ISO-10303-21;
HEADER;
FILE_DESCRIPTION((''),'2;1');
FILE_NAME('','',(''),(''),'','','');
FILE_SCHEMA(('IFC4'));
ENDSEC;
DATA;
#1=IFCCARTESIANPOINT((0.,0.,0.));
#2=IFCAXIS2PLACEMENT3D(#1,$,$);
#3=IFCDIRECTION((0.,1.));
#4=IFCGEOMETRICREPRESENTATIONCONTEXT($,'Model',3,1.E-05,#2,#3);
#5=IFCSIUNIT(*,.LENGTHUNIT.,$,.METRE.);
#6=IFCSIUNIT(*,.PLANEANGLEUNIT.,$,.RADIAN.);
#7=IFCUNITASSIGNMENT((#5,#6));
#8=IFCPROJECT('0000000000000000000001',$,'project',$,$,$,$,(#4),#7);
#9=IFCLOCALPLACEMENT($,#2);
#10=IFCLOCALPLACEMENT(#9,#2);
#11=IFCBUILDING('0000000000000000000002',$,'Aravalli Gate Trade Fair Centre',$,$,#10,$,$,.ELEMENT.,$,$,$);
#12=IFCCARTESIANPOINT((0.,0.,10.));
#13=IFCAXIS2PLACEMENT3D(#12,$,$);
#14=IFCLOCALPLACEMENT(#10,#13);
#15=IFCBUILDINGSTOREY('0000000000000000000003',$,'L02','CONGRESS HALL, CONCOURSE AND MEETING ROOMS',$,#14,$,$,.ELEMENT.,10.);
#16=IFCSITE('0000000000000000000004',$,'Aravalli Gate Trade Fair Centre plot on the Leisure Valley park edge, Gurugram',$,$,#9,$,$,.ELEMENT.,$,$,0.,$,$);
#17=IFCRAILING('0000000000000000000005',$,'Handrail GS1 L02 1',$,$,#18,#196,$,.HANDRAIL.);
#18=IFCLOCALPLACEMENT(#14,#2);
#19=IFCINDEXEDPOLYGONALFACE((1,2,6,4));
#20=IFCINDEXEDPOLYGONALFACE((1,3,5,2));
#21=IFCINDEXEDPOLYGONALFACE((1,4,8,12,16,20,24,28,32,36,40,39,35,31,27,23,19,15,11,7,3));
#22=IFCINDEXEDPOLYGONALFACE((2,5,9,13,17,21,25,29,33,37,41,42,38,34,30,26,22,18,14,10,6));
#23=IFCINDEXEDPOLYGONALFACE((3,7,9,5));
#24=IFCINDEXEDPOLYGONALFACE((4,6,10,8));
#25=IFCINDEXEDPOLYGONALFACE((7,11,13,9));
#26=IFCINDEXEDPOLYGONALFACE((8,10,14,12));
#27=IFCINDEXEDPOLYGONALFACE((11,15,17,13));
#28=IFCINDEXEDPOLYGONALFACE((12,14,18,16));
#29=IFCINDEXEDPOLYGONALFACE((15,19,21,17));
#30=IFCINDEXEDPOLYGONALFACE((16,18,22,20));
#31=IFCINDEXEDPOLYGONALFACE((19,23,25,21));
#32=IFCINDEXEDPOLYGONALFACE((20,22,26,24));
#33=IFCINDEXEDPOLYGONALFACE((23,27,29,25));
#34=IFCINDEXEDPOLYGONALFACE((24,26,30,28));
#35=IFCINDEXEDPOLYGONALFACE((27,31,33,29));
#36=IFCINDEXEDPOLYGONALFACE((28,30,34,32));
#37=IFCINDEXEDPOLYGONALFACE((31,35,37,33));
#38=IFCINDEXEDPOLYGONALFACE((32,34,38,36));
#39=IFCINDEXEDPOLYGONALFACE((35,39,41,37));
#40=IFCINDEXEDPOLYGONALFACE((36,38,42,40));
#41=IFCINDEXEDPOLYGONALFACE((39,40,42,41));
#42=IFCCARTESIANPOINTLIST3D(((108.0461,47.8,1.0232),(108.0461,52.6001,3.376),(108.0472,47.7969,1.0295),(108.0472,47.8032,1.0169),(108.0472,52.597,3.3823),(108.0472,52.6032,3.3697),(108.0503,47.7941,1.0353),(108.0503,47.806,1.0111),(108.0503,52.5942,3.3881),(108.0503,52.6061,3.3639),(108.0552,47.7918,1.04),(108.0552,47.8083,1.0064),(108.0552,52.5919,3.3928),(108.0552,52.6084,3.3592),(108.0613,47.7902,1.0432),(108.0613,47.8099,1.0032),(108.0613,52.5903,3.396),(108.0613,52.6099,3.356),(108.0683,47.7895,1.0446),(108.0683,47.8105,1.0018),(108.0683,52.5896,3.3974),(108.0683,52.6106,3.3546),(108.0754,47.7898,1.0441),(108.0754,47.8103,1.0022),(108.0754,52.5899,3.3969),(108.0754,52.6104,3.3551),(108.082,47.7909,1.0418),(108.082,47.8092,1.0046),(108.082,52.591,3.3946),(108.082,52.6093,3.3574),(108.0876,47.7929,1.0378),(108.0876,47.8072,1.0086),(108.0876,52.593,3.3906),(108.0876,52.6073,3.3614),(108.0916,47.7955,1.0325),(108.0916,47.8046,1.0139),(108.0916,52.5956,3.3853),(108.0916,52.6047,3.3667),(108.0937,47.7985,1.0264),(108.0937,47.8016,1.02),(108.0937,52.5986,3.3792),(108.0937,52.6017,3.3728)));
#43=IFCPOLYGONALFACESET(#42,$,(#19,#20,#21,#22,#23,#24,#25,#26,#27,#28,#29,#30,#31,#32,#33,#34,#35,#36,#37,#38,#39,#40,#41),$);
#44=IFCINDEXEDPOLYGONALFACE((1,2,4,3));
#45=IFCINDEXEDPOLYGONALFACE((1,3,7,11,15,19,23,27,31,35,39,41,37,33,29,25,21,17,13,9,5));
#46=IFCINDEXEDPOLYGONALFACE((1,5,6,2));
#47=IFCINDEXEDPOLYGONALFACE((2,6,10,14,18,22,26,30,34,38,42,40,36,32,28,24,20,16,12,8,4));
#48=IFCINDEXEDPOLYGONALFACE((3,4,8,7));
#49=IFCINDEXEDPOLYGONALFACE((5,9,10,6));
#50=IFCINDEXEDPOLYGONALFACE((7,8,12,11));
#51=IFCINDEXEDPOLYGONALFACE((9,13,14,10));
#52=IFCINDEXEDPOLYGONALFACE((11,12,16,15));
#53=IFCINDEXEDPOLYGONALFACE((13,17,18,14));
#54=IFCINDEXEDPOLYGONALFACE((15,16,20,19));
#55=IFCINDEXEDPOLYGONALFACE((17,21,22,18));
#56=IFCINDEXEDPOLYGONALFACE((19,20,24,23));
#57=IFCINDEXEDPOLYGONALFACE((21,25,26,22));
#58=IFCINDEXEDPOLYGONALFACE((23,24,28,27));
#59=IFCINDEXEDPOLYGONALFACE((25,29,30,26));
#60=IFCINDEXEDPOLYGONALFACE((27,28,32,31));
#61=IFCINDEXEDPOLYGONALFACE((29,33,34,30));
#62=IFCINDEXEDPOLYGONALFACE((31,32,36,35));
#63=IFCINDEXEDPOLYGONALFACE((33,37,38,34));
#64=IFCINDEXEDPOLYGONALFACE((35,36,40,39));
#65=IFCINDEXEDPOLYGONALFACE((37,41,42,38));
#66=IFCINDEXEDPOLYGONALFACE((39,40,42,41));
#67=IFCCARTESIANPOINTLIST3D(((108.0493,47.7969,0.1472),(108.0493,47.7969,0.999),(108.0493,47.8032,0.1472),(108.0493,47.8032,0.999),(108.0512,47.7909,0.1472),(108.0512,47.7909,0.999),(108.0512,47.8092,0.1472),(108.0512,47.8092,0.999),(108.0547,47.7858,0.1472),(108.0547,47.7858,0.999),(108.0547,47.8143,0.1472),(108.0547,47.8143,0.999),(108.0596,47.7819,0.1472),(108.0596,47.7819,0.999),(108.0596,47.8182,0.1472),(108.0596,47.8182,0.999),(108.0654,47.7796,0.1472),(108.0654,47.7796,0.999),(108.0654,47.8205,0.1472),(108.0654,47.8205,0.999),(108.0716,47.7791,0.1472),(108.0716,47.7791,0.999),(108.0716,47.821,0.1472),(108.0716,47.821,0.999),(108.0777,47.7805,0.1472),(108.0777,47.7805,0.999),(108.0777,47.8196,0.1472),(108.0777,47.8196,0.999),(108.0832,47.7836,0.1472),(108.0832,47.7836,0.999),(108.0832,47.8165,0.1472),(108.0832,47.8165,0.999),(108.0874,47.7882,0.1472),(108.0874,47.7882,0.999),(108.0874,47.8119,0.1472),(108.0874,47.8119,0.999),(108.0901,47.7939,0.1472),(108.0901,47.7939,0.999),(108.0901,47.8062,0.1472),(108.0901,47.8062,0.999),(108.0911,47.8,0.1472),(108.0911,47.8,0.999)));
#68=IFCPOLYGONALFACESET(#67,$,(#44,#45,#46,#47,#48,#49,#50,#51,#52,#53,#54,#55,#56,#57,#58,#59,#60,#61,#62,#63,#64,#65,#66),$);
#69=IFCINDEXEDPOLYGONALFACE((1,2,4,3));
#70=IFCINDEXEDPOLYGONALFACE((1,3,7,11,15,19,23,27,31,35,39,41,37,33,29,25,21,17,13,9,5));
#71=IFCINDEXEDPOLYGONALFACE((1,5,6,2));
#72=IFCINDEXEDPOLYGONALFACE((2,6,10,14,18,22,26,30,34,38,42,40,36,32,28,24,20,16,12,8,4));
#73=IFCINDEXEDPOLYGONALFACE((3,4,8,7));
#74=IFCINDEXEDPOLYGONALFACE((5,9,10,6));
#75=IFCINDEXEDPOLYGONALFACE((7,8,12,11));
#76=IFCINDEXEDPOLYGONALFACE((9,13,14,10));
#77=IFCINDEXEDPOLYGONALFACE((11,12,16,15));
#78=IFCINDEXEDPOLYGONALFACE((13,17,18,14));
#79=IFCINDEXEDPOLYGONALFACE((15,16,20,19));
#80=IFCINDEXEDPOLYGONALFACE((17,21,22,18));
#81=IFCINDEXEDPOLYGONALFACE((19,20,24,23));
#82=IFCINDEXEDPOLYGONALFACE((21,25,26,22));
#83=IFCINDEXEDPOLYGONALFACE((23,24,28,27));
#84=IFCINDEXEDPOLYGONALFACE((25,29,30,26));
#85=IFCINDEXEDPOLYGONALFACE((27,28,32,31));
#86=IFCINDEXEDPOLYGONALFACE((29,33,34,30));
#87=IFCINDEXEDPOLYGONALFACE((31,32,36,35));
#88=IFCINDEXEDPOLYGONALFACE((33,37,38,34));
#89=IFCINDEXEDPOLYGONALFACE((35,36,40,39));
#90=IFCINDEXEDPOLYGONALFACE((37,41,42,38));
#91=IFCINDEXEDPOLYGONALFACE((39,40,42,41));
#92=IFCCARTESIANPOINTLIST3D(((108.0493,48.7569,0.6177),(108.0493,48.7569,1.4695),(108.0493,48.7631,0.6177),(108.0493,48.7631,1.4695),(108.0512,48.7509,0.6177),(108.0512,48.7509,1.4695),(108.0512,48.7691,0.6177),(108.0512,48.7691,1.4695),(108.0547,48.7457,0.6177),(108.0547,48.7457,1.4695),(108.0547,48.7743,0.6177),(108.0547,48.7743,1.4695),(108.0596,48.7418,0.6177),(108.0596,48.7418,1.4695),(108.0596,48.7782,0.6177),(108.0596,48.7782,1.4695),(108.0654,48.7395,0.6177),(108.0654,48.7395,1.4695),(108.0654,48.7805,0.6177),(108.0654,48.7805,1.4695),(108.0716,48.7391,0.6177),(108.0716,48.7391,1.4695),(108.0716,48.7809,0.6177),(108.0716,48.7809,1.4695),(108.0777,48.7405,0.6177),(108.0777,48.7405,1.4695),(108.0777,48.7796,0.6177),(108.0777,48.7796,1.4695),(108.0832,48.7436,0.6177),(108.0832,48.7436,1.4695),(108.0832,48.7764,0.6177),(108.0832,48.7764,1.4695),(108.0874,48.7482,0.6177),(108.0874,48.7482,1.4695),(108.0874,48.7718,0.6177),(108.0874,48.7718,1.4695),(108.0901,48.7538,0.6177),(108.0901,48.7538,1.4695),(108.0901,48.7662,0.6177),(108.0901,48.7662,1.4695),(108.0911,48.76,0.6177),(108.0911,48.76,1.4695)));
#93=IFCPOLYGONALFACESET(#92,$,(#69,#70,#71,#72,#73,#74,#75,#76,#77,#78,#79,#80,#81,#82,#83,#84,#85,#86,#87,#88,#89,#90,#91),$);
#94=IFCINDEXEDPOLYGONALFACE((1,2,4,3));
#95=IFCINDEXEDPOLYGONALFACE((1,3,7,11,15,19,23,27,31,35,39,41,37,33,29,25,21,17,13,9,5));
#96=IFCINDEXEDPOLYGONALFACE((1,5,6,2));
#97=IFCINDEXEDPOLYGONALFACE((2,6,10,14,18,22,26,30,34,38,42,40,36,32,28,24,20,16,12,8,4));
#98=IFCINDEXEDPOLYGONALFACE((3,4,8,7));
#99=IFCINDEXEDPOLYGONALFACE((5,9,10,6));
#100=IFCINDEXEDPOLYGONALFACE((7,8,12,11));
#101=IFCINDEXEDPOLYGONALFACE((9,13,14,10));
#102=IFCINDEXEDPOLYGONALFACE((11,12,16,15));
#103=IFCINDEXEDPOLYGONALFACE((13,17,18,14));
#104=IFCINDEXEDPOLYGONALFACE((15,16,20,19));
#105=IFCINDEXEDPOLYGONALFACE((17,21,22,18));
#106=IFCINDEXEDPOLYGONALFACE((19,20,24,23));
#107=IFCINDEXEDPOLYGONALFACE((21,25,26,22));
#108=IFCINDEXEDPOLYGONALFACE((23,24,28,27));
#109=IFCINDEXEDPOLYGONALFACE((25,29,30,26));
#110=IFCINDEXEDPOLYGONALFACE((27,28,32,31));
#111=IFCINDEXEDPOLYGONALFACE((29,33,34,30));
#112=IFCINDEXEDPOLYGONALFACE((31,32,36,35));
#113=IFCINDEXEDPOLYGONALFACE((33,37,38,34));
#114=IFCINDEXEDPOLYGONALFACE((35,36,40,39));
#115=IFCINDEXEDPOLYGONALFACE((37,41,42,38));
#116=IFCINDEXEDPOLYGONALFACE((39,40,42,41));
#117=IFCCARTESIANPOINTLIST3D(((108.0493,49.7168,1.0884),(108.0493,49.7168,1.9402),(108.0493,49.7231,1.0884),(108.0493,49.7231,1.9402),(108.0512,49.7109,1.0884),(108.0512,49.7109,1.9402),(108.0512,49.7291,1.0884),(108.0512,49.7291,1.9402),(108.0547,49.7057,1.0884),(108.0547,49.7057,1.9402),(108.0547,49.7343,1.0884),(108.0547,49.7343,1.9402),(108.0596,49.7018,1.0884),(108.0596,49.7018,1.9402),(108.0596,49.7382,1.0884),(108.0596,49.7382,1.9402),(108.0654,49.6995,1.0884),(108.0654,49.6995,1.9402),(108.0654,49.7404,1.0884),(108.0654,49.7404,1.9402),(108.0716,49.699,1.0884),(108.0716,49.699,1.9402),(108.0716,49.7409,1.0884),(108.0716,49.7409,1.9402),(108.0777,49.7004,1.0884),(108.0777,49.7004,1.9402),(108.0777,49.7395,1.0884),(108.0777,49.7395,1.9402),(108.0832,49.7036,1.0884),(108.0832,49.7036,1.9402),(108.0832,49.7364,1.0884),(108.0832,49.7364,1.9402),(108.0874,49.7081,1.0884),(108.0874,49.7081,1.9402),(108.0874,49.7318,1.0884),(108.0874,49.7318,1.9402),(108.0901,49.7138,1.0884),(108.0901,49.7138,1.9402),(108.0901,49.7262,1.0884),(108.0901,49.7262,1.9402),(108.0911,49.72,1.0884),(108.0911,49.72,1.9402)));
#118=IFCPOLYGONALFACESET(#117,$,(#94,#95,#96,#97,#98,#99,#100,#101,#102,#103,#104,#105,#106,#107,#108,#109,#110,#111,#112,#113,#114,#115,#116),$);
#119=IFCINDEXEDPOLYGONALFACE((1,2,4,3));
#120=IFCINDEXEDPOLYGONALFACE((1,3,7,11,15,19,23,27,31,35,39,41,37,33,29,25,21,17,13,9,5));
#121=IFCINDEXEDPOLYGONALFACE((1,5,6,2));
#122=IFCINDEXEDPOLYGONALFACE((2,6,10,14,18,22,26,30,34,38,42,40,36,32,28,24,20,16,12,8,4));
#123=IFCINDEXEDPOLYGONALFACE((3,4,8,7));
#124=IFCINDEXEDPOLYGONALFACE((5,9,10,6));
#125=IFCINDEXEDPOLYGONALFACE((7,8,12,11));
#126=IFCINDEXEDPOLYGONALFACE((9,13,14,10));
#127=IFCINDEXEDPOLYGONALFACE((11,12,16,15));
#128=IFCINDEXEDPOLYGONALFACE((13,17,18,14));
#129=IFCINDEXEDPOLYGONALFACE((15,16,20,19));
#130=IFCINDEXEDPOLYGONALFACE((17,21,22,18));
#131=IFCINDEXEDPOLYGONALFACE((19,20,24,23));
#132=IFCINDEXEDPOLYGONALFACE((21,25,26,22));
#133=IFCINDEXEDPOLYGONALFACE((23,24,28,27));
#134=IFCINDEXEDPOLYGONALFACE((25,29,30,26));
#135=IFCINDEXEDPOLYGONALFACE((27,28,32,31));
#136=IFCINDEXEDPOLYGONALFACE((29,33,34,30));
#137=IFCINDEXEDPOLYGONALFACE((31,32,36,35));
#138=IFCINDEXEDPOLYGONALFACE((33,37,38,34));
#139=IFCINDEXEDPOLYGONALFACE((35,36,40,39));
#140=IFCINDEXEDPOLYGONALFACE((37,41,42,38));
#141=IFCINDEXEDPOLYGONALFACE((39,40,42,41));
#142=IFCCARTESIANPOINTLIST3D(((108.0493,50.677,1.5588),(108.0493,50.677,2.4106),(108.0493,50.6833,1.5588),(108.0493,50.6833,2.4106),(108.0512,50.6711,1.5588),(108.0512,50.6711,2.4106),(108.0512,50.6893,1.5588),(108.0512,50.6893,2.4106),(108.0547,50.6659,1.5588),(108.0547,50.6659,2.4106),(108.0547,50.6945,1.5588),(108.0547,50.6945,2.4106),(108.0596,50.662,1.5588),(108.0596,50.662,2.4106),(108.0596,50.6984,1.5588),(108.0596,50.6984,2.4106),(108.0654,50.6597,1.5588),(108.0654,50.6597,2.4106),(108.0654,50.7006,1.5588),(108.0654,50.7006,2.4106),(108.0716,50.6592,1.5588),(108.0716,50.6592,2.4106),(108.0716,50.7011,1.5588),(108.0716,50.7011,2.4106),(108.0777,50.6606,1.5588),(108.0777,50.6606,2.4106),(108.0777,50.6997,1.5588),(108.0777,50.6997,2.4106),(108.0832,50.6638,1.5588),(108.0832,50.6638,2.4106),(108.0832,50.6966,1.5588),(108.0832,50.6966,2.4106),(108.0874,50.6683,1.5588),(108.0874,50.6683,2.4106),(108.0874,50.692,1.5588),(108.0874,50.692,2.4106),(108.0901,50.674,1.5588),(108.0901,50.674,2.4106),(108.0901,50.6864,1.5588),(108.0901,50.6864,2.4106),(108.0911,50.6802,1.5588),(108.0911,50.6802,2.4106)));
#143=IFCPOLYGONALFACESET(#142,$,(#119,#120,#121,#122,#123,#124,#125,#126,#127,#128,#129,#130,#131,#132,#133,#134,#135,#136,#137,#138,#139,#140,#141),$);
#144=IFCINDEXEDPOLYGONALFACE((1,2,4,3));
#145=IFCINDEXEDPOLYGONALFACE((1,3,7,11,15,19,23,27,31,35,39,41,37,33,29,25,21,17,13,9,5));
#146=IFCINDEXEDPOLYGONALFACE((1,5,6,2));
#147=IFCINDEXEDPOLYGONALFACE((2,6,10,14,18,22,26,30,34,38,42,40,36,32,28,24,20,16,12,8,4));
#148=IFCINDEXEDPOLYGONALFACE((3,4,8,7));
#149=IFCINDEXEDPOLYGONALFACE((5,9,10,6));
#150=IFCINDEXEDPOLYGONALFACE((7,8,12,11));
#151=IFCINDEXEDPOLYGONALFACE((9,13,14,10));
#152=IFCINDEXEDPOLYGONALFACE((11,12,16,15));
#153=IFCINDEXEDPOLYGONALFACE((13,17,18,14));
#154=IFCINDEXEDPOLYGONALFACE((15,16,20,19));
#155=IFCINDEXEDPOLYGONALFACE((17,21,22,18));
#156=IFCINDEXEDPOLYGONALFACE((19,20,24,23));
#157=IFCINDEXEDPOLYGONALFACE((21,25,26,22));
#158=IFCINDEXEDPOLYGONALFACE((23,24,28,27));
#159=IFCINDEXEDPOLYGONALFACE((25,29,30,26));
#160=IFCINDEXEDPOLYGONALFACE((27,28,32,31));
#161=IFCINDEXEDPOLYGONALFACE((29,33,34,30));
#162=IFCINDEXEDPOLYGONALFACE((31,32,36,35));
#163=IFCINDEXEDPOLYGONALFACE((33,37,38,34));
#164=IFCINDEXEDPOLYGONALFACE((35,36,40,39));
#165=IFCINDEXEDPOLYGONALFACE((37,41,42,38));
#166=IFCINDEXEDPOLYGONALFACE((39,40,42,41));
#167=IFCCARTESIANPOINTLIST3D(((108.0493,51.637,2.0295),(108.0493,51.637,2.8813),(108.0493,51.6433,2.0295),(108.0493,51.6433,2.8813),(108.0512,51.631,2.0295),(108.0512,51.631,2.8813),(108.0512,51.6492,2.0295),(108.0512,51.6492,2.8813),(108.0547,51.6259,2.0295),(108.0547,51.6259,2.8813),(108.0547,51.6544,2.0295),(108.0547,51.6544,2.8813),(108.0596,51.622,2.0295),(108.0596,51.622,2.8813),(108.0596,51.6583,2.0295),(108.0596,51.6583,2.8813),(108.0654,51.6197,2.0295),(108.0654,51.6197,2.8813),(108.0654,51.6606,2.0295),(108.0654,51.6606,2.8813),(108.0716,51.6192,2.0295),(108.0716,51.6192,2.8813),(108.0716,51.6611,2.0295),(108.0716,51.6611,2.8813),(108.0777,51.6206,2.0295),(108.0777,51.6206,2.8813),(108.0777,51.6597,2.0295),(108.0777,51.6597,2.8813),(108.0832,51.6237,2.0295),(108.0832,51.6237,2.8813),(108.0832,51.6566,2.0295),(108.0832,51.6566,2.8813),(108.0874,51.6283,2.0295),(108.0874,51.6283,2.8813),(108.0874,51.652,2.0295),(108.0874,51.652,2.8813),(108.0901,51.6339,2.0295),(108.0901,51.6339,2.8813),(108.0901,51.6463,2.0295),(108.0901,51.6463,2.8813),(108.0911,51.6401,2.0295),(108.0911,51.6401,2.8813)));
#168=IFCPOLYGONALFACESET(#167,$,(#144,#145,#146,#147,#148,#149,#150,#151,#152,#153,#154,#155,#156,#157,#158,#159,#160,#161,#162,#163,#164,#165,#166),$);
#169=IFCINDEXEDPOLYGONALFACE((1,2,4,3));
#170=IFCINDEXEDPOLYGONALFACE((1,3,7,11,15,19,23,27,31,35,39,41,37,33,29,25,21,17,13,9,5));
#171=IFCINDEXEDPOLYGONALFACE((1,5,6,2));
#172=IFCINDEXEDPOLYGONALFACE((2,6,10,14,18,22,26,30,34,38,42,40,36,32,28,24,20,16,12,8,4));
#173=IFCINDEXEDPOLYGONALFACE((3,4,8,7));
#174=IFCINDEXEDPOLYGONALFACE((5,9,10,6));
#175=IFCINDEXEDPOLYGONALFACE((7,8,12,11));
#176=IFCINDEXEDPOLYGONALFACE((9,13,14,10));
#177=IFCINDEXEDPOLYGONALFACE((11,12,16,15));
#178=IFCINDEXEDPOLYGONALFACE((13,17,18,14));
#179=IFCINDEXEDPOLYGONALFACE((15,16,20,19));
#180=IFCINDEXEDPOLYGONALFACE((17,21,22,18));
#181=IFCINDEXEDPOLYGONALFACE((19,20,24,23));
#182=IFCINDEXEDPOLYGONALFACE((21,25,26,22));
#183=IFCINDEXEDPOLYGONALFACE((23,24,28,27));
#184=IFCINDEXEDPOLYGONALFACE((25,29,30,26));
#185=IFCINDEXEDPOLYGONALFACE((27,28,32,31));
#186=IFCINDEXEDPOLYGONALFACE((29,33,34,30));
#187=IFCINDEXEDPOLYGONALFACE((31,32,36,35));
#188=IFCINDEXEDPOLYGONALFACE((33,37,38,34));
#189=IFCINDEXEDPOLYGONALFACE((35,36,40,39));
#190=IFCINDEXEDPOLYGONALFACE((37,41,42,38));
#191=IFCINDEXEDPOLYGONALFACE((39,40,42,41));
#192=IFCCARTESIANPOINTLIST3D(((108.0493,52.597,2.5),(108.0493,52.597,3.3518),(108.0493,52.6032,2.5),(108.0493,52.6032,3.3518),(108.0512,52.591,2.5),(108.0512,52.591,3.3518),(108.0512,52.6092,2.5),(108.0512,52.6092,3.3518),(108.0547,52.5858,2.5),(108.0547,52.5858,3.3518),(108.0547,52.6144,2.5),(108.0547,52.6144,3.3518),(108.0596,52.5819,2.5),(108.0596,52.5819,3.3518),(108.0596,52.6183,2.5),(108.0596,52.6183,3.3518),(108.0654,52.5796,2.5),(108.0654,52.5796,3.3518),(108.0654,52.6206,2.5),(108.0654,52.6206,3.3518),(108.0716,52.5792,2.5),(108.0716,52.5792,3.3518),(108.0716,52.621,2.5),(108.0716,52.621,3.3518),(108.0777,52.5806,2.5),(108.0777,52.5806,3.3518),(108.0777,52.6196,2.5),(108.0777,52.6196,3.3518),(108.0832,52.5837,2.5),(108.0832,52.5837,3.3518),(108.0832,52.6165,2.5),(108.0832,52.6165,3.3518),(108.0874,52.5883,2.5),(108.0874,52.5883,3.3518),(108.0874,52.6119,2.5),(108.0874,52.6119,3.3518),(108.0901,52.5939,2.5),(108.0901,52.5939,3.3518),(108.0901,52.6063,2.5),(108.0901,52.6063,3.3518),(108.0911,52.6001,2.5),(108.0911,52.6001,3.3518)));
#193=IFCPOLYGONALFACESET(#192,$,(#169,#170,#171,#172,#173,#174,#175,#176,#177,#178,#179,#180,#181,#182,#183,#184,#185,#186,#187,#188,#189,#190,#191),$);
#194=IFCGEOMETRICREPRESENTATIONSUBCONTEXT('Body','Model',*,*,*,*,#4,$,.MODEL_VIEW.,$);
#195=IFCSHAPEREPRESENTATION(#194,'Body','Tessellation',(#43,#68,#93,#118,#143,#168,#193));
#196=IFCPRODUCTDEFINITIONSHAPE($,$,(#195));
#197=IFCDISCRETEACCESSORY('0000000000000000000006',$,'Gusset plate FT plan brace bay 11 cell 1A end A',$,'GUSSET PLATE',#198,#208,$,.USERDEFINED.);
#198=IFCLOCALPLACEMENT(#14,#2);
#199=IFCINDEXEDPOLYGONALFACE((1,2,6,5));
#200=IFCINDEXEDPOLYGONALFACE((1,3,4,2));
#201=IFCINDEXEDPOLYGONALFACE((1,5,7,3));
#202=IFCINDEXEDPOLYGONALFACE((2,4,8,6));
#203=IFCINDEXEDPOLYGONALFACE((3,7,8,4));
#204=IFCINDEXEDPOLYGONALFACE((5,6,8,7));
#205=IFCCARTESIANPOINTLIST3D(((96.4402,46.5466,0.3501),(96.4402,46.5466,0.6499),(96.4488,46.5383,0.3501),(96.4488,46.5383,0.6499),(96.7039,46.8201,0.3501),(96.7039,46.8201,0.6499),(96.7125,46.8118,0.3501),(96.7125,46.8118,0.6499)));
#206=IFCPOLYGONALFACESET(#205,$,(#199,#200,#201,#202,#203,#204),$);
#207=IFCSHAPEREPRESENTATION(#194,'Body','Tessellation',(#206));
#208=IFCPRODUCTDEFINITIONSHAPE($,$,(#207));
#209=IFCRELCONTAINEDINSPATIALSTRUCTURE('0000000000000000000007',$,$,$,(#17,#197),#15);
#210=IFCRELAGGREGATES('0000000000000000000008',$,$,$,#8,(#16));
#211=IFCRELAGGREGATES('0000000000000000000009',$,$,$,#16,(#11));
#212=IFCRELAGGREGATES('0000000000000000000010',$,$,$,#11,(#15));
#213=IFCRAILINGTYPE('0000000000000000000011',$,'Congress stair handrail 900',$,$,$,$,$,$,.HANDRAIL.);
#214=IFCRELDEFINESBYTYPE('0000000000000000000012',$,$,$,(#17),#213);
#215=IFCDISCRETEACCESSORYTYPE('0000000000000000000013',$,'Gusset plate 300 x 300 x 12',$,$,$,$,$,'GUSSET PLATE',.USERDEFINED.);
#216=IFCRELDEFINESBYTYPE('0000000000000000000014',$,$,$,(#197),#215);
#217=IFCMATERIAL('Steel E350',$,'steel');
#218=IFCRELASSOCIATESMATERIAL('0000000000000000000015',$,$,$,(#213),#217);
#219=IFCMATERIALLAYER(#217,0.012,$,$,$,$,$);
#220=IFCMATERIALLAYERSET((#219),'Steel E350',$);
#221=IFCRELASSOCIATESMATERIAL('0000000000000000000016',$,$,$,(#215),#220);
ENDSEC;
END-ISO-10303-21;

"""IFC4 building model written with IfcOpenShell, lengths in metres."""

from ifc_helpers import new_model, si_unit, direction, frame, origin, origin_2d, place, context, subcontext, project, spatial, polyline, circle, outline, extrude, material, layer, layer_set, type_object, element, save


model = new_model("IFC4")

# Units and contexts
model_context = context("Model", 3, precision=1e-05, world=origin(), true_north=direction((0.0, 1.0)))
body_context = subcontext(model_context, "Body", "Model", "MODEL_VIEW")
ifc_project = project(units=[si_unit("LENGTHUNIT", "METRE"), si_unit("PLANEANGLEUNIT", "RADIAN")], contexts=[model_context])

# Site, building, storey
site_placement = place(None, origin())
site = spatial("IfcSite", under=ifc_project, at=site_placement, Name="Aravalli Gate Trade Fair Centre plot on the Leisure Valley park edge, Gurugram", CompositionType="ELEMENT", RefElevation=0.0)
building_placement = place(site_placement, origin())
building = spatial("IfcBuilding", under=site, at=building_placement, Name="Aravalli Gate Trade Fair Centre", CompositionType="ELEMENT")
storey_placement = place(building_placement, frame((0.0, 0.0, 10.0)))
storey = spatial("IfcBuildingStorey", under=building, at=storey_placement, Name="L02", Description="CONGRESS HALL, CONCOURSE AND MEETING ROOMS", CompositionType="ELEMENT", Elevation=10.0)

# Shared definitions
ifc_material_1 = material(Name="Steel E350", Category="steel")

# Railing
railing_type = type_object("IfcRailingType", Name="Congress stair handrail 900", PredefinedType="HANDRAIL", material=ifc_material_1)
railing_placement = place(storey_placement, frame((108.0701, 47.8, 0.1472)))
element("IfcRailing", 1, at=railing_placement, inside=storey, type_object=railing_type, Name="Handrail GS1 L02 1", PredefinedType="HANDRAIL", context=body_context, shape_type="SweptSolid", body=[
    extrude(circle(Radius=0.0239, at=origin_2d()), frame((0.0, 0.0, 0.876), z_axis=(0.0, 0.897934, 0.44013), x_axis=(-1.0, 0.0, 0.0)), (0.0, 0.0, 1.0), 5.3457),
    extrude(circle(Radius=0.021, at=origin_2d()), origin(), (0.0, 0.0, 1.0), 0.8518),
    extrude(circle(Radius=0.021, at=origin_2d()), frame((0.0, 0.96, 0.4705)), (0.0, 0.0, 1.0), 0.8518),
    extrude(circle(Radius=0.021, at=origin_2d()), frame((0.0, 1.9199, 0.9412)), (0.0, 0.0, 1.0), 0.8518),
    extrude(circle(Radius=0.021, at=origin_2d()), frame((0.0, 2.8801, 1.4116)), (0.0, 0.0, 1.0), 0.8518),
    extrude(circle(Radius=0.021, at=origin_2d()), frame((0.0, 3.8401, 1.8823)), (0.0, 0.0, 1.0), 0.8518),
    extrude(circle(Radius=0.021, at=origin_2d()), frame((0.0, 4.8, 2.3528)), (0.0, 0.0, 1.0), 0.8518),
])

# Discrete accessory
ifc_layer_1 = layer(ifc_material_1, 0.012)
ifc_layer_set_1 = layer_set([ifc_layer_1], Name="Steel E350")
discrete_accessory_type_1 = type_object("IfcDiscreteAccessoryType", Name="Gusset plate 300 x 300 x 12", ElementType="GUSSET PLATE", PredefinedType="USERDEFINED", material=ifc_layer_set_1)
discrete_accessory_1_placement = place(storey_placement, frame((96.7039, 46.8201, 0.3501), z_axis=(-0.719844, 0.694136, 0.0), x_axis=(-0.694136, -0.719844, 0.0)))
element("IfcDiscreteAccessory", 2, at=discrete_accessory_1_placement, inside=storey, type_object=discrete_accessory_type_1, Name="Gusset plate FT plan brace bay 11 cell 1A end A", ObjectType="GUSSET PLATE", PredefinedType="USERDEFINED", context=body_context, shape_type="SweptSolid", body=[
    extrude(outline(polyline([(0.0, 0.0), (0.3799, 0.0), (0.3799, 0.2998), (0.0, 0.2998), (0.0, 0.0)])), origin(), (0.0, 0.0, -1.0), 0.012),
])

save(model, "model.ifc")
